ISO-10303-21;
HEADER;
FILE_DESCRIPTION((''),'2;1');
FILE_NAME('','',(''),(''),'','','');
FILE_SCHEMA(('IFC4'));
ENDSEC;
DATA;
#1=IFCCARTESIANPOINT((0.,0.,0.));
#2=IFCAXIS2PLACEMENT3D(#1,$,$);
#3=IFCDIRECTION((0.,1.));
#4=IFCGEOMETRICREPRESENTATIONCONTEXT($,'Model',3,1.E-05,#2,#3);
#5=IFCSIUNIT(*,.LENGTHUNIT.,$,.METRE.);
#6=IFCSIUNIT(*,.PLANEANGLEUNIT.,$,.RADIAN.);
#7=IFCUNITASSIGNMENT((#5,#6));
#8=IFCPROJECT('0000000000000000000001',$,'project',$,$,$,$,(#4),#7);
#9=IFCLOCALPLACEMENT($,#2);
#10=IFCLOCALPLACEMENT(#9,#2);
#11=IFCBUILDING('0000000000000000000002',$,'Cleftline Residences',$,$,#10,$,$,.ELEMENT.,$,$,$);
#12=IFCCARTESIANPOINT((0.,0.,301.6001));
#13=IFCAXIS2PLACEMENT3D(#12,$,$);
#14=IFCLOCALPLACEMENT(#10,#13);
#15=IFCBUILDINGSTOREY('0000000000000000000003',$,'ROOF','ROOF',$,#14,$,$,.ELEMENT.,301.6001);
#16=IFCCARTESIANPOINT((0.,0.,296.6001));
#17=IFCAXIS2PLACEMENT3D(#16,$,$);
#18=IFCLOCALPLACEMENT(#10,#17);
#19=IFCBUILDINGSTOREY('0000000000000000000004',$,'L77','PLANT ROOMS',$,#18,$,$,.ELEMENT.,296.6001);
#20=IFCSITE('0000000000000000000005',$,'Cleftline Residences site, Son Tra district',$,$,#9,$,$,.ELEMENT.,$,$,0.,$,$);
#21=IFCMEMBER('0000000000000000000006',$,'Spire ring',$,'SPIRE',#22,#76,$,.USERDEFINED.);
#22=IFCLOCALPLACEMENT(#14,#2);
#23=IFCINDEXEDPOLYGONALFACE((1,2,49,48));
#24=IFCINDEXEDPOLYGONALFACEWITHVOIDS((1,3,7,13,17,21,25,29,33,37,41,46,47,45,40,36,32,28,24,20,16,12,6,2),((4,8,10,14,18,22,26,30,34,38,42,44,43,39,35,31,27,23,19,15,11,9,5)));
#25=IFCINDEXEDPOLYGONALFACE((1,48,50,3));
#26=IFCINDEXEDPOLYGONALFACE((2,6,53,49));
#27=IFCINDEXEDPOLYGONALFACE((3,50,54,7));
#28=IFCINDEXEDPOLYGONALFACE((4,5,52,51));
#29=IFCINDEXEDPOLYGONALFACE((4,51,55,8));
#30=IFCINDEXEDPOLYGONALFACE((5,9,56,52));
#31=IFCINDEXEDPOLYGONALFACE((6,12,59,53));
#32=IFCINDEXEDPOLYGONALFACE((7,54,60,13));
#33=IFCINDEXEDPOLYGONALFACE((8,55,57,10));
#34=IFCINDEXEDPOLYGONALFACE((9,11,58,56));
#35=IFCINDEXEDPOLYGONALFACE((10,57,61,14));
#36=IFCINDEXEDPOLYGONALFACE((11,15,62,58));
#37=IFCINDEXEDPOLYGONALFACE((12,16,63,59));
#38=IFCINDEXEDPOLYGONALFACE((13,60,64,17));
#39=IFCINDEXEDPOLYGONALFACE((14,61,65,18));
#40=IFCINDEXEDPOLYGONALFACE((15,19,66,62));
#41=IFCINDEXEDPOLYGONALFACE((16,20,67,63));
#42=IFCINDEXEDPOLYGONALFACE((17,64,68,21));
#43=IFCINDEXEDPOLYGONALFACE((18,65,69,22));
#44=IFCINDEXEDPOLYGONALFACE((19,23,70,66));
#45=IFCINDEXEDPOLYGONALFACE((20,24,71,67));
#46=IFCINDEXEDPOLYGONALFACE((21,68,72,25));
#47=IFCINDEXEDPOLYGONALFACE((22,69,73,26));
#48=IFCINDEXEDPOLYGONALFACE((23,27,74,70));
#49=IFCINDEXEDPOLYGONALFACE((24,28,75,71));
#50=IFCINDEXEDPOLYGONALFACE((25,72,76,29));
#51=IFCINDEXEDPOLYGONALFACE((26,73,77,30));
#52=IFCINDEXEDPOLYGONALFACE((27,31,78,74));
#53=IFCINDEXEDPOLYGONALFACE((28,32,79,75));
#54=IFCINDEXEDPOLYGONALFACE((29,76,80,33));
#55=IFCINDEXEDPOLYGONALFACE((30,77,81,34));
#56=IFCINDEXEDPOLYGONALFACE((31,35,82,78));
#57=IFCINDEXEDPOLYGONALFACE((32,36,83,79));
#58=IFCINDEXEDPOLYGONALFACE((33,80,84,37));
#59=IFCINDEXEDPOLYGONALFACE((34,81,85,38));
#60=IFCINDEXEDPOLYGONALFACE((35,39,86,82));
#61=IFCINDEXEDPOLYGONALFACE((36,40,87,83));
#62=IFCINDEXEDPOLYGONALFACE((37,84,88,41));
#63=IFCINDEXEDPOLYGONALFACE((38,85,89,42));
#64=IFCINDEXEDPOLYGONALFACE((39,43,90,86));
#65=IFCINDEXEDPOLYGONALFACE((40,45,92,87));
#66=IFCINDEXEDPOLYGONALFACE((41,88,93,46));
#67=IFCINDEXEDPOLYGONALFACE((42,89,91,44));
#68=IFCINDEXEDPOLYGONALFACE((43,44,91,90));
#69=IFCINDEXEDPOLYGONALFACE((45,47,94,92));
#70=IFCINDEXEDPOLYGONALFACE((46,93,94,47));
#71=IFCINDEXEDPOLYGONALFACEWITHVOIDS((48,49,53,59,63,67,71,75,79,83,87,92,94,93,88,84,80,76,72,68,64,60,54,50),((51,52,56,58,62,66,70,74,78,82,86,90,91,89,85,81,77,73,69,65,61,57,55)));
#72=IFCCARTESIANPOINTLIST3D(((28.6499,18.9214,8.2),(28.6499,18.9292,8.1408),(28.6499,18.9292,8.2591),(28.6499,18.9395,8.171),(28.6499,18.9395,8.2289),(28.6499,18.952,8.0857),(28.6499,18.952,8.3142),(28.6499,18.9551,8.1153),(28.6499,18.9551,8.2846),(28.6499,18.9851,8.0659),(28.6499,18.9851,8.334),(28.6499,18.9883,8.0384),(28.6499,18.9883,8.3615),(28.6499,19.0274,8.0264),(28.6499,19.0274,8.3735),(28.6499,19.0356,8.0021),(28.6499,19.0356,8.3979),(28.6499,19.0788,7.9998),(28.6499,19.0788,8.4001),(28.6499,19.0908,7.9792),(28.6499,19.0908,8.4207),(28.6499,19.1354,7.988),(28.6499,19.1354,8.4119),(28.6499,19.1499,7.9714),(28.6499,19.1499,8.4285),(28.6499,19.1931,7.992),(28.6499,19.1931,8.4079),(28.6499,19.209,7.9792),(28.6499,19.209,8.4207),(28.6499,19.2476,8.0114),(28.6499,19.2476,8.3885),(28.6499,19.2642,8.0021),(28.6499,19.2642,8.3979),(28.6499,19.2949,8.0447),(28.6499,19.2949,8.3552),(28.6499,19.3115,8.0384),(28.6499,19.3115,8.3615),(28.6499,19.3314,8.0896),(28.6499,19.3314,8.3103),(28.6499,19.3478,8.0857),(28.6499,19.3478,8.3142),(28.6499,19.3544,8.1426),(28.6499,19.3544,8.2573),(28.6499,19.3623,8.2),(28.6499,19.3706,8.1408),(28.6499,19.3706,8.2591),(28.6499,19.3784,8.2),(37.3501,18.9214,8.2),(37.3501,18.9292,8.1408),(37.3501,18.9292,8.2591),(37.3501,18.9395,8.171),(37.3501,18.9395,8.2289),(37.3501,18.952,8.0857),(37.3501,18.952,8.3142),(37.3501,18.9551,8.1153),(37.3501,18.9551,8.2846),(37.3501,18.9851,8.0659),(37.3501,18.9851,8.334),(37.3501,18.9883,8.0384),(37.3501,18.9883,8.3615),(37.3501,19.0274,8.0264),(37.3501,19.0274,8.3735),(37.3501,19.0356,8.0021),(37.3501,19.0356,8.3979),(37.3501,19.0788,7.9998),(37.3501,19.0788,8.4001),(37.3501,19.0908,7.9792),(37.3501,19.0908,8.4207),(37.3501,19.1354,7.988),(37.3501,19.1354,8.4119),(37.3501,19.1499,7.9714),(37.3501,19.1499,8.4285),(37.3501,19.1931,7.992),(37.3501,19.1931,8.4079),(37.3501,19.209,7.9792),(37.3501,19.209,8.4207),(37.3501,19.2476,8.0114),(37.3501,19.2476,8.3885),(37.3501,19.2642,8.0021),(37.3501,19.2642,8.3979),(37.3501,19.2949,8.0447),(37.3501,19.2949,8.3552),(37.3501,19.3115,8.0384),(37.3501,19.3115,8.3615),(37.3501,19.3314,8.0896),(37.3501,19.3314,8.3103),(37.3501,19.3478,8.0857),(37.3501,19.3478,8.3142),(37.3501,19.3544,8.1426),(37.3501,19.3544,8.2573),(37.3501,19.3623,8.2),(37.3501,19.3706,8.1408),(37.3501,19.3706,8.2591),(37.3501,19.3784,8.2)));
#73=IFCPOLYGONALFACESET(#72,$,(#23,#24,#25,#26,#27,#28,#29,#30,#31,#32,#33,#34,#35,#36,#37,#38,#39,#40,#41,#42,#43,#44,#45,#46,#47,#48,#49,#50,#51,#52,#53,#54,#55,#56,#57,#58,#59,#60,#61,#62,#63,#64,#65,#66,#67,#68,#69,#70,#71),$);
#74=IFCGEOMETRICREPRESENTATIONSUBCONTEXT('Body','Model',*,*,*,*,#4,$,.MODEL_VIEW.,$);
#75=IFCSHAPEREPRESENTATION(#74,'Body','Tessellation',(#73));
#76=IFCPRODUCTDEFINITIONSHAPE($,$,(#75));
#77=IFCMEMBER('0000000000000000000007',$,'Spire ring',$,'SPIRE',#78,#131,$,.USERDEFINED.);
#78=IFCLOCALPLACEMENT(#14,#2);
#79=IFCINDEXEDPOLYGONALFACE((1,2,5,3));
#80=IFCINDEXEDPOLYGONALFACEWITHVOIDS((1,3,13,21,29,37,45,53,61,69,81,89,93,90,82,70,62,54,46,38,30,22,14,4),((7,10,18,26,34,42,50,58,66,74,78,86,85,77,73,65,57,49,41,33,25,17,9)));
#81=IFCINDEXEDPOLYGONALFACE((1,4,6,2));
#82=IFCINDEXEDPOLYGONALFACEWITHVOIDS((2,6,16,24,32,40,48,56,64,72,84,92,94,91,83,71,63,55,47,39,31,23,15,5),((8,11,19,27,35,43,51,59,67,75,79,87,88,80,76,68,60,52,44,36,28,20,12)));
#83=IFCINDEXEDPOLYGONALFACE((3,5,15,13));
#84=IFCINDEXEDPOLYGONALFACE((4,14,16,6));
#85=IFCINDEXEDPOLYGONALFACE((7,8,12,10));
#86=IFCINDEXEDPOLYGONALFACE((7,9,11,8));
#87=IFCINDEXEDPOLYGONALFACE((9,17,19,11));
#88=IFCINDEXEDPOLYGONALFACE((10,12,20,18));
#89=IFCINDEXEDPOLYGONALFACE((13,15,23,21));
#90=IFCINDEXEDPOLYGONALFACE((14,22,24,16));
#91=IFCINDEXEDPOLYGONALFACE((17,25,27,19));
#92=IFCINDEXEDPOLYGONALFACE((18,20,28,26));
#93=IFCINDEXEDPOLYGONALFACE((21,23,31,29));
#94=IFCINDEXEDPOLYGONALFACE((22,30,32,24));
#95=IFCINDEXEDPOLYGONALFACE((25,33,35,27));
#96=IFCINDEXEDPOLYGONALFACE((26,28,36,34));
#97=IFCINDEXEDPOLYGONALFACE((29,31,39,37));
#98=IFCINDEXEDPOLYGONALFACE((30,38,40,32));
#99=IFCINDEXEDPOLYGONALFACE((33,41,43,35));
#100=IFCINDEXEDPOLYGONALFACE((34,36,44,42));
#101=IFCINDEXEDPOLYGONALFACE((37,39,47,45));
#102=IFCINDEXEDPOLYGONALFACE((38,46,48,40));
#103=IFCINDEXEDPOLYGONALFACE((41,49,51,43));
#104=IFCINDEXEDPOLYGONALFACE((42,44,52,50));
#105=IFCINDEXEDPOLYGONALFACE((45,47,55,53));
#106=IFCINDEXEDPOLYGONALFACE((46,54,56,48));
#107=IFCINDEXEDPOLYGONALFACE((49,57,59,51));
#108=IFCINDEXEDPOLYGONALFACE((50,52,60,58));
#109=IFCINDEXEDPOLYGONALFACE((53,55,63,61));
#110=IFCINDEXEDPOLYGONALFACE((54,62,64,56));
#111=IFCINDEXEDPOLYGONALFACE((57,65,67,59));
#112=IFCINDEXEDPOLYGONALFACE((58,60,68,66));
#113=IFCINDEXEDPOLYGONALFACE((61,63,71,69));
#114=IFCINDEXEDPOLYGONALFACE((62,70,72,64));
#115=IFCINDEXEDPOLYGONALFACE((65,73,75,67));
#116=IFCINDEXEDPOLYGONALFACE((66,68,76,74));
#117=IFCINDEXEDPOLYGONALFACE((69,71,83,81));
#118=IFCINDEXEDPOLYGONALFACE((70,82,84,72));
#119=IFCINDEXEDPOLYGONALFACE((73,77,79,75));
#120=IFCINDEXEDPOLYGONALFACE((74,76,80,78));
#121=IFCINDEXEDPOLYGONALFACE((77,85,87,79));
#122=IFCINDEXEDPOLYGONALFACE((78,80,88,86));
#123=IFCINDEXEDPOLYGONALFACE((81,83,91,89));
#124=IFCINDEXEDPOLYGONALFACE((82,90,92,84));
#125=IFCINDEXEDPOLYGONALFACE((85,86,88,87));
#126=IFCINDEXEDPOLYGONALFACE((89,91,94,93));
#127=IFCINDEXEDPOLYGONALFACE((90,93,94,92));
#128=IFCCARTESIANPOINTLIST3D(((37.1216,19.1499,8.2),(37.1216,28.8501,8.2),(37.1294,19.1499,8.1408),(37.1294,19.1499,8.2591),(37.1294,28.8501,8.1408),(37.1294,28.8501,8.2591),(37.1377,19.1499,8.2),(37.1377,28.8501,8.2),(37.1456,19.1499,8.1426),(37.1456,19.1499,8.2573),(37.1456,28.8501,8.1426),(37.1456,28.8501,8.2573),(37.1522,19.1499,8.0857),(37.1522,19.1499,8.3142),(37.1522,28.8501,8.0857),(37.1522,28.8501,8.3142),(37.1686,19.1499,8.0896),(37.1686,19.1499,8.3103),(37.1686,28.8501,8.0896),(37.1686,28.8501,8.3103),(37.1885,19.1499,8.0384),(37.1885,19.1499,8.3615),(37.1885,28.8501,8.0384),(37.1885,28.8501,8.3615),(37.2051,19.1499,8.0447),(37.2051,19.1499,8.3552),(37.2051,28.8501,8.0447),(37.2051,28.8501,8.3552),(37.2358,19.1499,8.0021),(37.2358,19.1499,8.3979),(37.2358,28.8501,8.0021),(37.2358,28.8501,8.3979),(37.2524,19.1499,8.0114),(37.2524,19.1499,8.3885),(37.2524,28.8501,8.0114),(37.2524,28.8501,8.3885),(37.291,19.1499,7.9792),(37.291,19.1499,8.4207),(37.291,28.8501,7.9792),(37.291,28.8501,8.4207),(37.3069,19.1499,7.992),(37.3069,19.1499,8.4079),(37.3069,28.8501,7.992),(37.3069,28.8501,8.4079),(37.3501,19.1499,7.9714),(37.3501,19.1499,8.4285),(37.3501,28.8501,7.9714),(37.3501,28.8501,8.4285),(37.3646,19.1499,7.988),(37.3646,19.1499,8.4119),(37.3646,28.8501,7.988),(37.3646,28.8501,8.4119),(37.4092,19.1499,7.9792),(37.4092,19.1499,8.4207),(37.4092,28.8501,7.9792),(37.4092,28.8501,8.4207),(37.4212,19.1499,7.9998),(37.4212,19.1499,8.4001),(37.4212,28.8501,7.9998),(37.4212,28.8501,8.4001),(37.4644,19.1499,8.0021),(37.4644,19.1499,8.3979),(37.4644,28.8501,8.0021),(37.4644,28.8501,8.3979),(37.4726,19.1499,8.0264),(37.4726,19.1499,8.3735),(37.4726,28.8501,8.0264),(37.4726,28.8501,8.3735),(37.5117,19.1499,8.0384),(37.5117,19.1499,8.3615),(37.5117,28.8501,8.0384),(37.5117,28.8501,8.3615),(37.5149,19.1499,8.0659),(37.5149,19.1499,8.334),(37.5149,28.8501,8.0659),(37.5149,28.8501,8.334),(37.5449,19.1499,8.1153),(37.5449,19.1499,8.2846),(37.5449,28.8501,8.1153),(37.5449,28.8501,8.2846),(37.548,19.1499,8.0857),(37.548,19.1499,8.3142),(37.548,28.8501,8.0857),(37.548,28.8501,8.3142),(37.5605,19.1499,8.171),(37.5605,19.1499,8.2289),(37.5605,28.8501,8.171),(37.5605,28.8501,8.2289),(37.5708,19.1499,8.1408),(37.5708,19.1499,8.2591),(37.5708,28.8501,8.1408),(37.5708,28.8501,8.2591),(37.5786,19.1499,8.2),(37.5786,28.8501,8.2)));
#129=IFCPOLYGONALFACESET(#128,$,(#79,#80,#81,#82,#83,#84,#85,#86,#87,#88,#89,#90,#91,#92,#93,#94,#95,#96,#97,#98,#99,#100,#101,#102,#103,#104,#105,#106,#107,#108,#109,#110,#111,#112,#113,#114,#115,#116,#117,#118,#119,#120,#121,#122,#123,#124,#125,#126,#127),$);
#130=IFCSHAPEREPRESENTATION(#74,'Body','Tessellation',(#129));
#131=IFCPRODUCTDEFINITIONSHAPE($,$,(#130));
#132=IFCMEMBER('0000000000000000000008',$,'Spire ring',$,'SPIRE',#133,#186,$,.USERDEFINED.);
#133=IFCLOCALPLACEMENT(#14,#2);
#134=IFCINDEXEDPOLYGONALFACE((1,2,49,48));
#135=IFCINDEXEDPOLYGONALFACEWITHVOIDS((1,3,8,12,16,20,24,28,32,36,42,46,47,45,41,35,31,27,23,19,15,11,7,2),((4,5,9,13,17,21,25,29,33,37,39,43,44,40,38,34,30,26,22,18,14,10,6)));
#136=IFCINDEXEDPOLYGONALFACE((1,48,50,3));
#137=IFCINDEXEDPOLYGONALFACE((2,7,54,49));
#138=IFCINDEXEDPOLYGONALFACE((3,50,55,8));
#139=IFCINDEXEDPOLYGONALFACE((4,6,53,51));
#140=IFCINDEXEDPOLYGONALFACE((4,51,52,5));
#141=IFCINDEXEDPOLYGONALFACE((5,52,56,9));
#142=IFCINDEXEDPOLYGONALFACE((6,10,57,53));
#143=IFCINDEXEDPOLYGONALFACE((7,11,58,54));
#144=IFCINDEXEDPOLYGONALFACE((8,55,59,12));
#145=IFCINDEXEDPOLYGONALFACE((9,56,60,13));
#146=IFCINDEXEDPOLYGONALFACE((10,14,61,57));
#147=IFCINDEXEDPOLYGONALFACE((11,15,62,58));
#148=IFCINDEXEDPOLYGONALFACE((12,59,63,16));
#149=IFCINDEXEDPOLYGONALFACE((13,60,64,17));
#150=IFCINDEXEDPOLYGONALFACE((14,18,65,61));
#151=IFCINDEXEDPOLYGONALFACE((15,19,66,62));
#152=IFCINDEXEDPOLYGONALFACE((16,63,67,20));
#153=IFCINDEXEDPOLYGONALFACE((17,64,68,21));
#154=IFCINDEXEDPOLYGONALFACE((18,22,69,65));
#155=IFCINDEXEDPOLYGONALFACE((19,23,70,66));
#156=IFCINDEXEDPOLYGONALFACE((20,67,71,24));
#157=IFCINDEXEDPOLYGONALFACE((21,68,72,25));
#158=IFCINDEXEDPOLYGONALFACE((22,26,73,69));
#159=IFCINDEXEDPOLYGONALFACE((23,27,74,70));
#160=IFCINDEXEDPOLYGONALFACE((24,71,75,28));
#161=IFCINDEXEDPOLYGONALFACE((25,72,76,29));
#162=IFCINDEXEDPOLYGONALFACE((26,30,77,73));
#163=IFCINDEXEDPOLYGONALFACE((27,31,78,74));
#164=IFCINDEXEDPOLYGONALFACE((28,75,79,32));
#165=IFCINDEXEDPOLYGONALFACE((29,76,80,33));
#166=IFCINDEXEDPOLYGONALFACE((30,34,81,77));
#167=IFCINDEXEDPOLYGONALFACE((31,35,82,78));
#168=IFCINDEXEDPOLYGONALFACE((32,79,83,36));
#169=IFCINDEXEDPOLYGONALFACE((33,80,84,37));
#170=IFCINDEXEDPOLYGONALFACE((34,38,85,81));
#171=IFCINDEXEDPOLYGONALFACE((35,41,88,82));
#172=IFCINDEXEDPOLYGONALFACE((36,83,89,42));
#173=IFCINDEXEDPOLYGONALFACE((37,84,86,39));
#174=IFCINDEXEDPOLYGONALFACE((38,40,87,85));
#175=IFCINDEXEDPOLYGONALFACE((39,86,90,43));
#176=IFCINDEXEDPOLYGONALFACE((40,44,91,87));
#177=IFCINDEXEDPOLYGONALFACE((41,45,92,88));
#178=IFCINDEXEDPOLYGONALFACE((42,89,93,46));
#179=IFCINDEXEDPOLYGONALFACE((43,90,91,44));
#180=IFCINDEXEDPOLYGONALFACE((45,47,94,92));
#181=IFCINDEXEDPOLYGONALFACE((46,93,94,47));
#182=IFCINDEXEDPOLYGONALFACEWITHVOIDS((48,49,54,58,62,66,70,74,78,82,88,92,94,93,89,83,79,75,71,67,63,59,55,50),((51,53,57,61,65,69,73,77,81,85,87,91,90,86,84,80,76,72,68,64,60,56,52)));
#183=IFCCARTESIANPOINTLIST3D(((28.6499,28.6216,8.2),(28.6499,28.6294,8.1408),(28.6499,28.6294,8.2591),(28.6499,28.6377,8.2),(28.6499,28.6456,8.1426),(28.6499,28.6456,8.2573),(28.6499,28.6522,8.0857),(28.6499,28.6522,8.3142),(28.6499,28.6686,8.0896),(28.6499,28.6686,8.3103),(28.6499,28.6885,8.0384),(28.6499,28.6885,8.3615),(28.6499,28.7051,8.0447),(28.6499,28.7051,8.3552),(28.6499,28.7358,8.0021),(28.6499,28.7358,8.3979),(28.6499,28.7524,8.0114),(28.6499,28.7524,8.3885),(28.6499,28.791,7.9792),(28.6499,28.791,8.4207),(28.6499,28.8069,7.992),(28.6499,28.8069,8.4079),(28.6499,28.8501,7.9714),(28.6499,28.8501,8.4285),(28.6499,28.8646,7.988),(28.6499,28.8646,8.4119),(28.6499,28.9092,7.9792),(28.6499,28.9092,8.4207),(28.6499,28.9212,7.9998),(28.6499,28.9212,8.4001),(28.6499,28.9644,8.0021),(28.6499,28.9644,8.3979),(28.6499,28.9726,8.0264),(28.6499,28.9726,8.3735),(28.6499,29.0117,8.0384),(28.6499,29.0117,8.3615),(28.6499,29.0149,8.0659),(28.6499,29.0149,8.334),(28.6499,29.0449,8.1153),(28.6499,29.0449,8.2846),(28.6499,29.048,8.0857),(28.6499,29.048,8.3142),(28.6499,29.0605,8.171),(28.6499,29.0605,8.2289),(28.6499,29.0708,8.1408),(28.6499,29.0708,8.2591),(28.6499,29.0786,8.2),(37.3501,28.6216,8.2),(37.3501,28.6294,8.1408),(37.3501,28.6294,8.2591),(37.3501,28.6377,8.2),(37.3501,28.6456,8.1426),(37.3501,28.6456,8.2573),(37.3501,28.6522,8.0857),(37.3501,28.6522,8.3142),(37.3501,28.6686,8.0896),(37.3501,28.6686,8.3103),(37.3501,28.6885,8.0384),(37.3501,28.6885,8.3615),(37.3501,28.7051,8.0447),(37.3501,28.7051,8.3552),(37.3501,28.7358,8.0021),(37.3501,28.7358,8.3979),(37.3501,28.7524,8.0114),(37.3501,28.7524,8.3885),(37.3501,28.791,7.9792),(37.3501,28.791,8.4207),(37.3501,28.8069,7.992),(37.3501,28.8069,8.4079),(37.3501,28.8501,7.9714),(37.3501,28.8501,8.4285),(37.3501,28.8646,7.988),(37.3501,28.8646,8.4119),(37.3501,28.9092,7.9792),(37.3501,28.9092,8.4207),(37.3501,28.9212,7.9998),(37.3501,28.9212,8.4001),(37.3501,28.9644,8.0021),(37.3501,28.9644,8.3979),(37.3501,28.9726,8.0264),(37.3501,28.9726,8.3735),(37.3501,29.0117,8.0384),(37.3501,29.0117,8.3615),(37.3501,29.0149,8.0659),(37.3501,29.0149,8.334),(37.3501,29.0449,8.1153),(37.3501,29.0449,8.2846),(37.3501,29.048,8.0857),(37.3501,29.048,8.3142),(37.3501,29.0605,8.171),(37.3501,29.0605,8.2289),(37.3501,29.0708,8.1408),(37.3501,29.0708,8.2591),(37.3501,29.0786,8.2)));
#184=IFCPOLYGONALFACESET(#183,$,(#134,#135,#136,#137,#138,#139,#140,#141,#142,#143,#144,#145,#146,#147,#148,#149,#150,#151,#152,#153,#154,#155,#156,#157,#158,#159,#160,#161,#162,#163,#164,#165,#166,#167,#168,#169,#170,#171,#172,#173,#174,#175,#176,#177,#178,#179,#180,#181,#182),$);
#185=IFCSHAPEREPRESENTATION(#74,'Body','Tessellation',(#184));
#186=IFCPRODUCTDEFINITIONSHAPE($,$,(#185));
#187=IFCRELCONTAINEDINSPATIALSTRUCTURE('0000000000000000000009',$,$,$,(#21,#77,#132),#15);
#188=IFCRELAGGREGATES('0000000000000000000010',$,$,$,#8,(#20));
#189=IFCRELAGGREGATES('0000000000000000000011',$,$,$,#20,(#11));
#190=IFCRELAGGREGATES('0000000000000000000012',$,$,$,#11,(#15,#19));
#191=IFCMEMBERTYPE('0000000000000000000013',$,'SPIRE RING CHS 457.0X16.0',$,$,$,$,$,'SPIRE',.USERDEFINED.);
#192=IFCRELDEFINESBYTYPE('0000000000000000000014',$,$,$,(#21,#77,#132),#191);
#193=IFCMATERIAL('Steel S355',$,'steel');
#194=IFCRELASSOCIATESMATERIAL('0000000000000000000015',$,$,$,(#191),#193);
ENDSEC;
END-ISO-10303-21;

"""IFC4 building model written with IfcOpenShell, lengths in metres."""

from ifc_helpers import new_model, si_unit, direction, frame, origin, origin_2d, place, context, subcontext, project, spatial, hollow_circle, extrude, material, material_profile, profile_set, type_object, element, save


model = new_model("IFC4")

# Units and contexts
model_context = context("Model", 3, precision=1e-05, world=origin(), true_north=direction((0.0, 1.0)))
body_context = subcontext(model_context, "Body", "Model", "MODEL_VIEW")
ifc_project = project(units=[si_unit("LENGTHUNIT", "METRE"), si_unit("PLANEANGLEUNIT", "RADIAN")], contexts=[model_context])

# Site, building, storey
site_placement = place(None, origin())
site = spatial("IfcSite", under=ifc_project, at=site_placement, Name="Cleftline Residences site, Son Tra district", CompositionType="ELEMENT", RefElevation=0.0)
building_placement = place(site_placement, origin())
building = spatial("IfcBuilding", under=site, at=building_placement, Name="Cleftline Residences", CompositionType="ELEMENT")
storey_1_placement = place(building_placement, frame((0.0, 0.0, 301.6001)))
storey_1 = spatial("IfcBuildingStorey", under=building, at=storey_1_placement, Name="ROOF", Description="ROOF", CompositionType="ELEMENT", Elevation=301.6001)

# Members
ifc_material_1 = material(Name="Steel S355", Category="steel")
ifc_material_profile_1 = material_profile(ifc_material_1, hollow_circle(Radius=0.2285, WallThickness=0.0161, at=origin_2d()))
ifc_profile_set_1 = profile_set([ifc_material_profile_1], Name="Steel S355")
member_type_1 = type_object("IfcMemberType", Name="SPIRE RING CHS 457.0X16.0", ElementType="SPIRE", PredefinedType="USERDEFINED", material=ifc_profile_set_1)
member_1_placement = place(storey_1_placement, frame((28.6499, 19.1499, 8.2), z_axis=(1.0, 0.0, 0.0), x_axis=(0.0, 1.0, 0.0)))
element("IfcMember", 1, at=member_1_placement, inside=storey_1, type_object=member_type_1, Name="Spire ring", ObjectType="SPIRE", PredefinedType="USERDEFINED", context=body_context, shape_type="SweptSolid", body=[
    extrude(hollow_circle(Radius=0.2285, WallThickness=0.0161, at=origin_2d()), origin(), (0.0, 0.0, 1.0), 8.7002),
])
member_2_placement = place(storey_1_placement, frame((37.3501, 19.1499, 8.2), z_axis=(0.0, 1.0, 0.0), x_axis=(-1.0, 0.0, 0.0)))
element("IfcMember", 2, at=member_2_placement, inside=storey_1, type_object=member_type_1, Name="Spire ring", ObjectType="SPIRE", PredefinedType="USERDEFINED", context=body_context, shape_type="SweptSolid", body=[
    extrude(hollow_circle(Radius=0.2285, WallThickness=0.0161, at=origin_2d()), origin(), (0.0, 0.0, 1.0), 9.7002),
])
member_3_placement = place(storey_1_placement, frame((37.3501, 28.8501, 8.2), z_axis=(-1.0, 0.0, 0.0), x_axis=(0.0, -1.0, 0.0)))
element("IfcMember", 3, at=member_3_placement, inside=storey_1, type_object=member_type_1, Name="Spire ring", ObjectType="SPIRE", PredefinedType="USERDEFINED", context=body_context, shape_type="SweptSolid", body=[
    extrude(hollow_circle(Radius=0.2285, WallThickness=0.0161, at=origin_2d()), origin(), (0.0, 0.0, 1.0), 8.7002),
])

# Shared definitions
storey_2_placement = place(building_placement, frame((0.0, 0.0, 296.6001)))
storey_2 = spatial("IfcBuildingStorey", under=building, at=storey_2_placement, Name="L77", Description="PLANT ROOMS", CompositionType="ELEMENT", Elevation=296.6001)

save(model, "model.ifc")
